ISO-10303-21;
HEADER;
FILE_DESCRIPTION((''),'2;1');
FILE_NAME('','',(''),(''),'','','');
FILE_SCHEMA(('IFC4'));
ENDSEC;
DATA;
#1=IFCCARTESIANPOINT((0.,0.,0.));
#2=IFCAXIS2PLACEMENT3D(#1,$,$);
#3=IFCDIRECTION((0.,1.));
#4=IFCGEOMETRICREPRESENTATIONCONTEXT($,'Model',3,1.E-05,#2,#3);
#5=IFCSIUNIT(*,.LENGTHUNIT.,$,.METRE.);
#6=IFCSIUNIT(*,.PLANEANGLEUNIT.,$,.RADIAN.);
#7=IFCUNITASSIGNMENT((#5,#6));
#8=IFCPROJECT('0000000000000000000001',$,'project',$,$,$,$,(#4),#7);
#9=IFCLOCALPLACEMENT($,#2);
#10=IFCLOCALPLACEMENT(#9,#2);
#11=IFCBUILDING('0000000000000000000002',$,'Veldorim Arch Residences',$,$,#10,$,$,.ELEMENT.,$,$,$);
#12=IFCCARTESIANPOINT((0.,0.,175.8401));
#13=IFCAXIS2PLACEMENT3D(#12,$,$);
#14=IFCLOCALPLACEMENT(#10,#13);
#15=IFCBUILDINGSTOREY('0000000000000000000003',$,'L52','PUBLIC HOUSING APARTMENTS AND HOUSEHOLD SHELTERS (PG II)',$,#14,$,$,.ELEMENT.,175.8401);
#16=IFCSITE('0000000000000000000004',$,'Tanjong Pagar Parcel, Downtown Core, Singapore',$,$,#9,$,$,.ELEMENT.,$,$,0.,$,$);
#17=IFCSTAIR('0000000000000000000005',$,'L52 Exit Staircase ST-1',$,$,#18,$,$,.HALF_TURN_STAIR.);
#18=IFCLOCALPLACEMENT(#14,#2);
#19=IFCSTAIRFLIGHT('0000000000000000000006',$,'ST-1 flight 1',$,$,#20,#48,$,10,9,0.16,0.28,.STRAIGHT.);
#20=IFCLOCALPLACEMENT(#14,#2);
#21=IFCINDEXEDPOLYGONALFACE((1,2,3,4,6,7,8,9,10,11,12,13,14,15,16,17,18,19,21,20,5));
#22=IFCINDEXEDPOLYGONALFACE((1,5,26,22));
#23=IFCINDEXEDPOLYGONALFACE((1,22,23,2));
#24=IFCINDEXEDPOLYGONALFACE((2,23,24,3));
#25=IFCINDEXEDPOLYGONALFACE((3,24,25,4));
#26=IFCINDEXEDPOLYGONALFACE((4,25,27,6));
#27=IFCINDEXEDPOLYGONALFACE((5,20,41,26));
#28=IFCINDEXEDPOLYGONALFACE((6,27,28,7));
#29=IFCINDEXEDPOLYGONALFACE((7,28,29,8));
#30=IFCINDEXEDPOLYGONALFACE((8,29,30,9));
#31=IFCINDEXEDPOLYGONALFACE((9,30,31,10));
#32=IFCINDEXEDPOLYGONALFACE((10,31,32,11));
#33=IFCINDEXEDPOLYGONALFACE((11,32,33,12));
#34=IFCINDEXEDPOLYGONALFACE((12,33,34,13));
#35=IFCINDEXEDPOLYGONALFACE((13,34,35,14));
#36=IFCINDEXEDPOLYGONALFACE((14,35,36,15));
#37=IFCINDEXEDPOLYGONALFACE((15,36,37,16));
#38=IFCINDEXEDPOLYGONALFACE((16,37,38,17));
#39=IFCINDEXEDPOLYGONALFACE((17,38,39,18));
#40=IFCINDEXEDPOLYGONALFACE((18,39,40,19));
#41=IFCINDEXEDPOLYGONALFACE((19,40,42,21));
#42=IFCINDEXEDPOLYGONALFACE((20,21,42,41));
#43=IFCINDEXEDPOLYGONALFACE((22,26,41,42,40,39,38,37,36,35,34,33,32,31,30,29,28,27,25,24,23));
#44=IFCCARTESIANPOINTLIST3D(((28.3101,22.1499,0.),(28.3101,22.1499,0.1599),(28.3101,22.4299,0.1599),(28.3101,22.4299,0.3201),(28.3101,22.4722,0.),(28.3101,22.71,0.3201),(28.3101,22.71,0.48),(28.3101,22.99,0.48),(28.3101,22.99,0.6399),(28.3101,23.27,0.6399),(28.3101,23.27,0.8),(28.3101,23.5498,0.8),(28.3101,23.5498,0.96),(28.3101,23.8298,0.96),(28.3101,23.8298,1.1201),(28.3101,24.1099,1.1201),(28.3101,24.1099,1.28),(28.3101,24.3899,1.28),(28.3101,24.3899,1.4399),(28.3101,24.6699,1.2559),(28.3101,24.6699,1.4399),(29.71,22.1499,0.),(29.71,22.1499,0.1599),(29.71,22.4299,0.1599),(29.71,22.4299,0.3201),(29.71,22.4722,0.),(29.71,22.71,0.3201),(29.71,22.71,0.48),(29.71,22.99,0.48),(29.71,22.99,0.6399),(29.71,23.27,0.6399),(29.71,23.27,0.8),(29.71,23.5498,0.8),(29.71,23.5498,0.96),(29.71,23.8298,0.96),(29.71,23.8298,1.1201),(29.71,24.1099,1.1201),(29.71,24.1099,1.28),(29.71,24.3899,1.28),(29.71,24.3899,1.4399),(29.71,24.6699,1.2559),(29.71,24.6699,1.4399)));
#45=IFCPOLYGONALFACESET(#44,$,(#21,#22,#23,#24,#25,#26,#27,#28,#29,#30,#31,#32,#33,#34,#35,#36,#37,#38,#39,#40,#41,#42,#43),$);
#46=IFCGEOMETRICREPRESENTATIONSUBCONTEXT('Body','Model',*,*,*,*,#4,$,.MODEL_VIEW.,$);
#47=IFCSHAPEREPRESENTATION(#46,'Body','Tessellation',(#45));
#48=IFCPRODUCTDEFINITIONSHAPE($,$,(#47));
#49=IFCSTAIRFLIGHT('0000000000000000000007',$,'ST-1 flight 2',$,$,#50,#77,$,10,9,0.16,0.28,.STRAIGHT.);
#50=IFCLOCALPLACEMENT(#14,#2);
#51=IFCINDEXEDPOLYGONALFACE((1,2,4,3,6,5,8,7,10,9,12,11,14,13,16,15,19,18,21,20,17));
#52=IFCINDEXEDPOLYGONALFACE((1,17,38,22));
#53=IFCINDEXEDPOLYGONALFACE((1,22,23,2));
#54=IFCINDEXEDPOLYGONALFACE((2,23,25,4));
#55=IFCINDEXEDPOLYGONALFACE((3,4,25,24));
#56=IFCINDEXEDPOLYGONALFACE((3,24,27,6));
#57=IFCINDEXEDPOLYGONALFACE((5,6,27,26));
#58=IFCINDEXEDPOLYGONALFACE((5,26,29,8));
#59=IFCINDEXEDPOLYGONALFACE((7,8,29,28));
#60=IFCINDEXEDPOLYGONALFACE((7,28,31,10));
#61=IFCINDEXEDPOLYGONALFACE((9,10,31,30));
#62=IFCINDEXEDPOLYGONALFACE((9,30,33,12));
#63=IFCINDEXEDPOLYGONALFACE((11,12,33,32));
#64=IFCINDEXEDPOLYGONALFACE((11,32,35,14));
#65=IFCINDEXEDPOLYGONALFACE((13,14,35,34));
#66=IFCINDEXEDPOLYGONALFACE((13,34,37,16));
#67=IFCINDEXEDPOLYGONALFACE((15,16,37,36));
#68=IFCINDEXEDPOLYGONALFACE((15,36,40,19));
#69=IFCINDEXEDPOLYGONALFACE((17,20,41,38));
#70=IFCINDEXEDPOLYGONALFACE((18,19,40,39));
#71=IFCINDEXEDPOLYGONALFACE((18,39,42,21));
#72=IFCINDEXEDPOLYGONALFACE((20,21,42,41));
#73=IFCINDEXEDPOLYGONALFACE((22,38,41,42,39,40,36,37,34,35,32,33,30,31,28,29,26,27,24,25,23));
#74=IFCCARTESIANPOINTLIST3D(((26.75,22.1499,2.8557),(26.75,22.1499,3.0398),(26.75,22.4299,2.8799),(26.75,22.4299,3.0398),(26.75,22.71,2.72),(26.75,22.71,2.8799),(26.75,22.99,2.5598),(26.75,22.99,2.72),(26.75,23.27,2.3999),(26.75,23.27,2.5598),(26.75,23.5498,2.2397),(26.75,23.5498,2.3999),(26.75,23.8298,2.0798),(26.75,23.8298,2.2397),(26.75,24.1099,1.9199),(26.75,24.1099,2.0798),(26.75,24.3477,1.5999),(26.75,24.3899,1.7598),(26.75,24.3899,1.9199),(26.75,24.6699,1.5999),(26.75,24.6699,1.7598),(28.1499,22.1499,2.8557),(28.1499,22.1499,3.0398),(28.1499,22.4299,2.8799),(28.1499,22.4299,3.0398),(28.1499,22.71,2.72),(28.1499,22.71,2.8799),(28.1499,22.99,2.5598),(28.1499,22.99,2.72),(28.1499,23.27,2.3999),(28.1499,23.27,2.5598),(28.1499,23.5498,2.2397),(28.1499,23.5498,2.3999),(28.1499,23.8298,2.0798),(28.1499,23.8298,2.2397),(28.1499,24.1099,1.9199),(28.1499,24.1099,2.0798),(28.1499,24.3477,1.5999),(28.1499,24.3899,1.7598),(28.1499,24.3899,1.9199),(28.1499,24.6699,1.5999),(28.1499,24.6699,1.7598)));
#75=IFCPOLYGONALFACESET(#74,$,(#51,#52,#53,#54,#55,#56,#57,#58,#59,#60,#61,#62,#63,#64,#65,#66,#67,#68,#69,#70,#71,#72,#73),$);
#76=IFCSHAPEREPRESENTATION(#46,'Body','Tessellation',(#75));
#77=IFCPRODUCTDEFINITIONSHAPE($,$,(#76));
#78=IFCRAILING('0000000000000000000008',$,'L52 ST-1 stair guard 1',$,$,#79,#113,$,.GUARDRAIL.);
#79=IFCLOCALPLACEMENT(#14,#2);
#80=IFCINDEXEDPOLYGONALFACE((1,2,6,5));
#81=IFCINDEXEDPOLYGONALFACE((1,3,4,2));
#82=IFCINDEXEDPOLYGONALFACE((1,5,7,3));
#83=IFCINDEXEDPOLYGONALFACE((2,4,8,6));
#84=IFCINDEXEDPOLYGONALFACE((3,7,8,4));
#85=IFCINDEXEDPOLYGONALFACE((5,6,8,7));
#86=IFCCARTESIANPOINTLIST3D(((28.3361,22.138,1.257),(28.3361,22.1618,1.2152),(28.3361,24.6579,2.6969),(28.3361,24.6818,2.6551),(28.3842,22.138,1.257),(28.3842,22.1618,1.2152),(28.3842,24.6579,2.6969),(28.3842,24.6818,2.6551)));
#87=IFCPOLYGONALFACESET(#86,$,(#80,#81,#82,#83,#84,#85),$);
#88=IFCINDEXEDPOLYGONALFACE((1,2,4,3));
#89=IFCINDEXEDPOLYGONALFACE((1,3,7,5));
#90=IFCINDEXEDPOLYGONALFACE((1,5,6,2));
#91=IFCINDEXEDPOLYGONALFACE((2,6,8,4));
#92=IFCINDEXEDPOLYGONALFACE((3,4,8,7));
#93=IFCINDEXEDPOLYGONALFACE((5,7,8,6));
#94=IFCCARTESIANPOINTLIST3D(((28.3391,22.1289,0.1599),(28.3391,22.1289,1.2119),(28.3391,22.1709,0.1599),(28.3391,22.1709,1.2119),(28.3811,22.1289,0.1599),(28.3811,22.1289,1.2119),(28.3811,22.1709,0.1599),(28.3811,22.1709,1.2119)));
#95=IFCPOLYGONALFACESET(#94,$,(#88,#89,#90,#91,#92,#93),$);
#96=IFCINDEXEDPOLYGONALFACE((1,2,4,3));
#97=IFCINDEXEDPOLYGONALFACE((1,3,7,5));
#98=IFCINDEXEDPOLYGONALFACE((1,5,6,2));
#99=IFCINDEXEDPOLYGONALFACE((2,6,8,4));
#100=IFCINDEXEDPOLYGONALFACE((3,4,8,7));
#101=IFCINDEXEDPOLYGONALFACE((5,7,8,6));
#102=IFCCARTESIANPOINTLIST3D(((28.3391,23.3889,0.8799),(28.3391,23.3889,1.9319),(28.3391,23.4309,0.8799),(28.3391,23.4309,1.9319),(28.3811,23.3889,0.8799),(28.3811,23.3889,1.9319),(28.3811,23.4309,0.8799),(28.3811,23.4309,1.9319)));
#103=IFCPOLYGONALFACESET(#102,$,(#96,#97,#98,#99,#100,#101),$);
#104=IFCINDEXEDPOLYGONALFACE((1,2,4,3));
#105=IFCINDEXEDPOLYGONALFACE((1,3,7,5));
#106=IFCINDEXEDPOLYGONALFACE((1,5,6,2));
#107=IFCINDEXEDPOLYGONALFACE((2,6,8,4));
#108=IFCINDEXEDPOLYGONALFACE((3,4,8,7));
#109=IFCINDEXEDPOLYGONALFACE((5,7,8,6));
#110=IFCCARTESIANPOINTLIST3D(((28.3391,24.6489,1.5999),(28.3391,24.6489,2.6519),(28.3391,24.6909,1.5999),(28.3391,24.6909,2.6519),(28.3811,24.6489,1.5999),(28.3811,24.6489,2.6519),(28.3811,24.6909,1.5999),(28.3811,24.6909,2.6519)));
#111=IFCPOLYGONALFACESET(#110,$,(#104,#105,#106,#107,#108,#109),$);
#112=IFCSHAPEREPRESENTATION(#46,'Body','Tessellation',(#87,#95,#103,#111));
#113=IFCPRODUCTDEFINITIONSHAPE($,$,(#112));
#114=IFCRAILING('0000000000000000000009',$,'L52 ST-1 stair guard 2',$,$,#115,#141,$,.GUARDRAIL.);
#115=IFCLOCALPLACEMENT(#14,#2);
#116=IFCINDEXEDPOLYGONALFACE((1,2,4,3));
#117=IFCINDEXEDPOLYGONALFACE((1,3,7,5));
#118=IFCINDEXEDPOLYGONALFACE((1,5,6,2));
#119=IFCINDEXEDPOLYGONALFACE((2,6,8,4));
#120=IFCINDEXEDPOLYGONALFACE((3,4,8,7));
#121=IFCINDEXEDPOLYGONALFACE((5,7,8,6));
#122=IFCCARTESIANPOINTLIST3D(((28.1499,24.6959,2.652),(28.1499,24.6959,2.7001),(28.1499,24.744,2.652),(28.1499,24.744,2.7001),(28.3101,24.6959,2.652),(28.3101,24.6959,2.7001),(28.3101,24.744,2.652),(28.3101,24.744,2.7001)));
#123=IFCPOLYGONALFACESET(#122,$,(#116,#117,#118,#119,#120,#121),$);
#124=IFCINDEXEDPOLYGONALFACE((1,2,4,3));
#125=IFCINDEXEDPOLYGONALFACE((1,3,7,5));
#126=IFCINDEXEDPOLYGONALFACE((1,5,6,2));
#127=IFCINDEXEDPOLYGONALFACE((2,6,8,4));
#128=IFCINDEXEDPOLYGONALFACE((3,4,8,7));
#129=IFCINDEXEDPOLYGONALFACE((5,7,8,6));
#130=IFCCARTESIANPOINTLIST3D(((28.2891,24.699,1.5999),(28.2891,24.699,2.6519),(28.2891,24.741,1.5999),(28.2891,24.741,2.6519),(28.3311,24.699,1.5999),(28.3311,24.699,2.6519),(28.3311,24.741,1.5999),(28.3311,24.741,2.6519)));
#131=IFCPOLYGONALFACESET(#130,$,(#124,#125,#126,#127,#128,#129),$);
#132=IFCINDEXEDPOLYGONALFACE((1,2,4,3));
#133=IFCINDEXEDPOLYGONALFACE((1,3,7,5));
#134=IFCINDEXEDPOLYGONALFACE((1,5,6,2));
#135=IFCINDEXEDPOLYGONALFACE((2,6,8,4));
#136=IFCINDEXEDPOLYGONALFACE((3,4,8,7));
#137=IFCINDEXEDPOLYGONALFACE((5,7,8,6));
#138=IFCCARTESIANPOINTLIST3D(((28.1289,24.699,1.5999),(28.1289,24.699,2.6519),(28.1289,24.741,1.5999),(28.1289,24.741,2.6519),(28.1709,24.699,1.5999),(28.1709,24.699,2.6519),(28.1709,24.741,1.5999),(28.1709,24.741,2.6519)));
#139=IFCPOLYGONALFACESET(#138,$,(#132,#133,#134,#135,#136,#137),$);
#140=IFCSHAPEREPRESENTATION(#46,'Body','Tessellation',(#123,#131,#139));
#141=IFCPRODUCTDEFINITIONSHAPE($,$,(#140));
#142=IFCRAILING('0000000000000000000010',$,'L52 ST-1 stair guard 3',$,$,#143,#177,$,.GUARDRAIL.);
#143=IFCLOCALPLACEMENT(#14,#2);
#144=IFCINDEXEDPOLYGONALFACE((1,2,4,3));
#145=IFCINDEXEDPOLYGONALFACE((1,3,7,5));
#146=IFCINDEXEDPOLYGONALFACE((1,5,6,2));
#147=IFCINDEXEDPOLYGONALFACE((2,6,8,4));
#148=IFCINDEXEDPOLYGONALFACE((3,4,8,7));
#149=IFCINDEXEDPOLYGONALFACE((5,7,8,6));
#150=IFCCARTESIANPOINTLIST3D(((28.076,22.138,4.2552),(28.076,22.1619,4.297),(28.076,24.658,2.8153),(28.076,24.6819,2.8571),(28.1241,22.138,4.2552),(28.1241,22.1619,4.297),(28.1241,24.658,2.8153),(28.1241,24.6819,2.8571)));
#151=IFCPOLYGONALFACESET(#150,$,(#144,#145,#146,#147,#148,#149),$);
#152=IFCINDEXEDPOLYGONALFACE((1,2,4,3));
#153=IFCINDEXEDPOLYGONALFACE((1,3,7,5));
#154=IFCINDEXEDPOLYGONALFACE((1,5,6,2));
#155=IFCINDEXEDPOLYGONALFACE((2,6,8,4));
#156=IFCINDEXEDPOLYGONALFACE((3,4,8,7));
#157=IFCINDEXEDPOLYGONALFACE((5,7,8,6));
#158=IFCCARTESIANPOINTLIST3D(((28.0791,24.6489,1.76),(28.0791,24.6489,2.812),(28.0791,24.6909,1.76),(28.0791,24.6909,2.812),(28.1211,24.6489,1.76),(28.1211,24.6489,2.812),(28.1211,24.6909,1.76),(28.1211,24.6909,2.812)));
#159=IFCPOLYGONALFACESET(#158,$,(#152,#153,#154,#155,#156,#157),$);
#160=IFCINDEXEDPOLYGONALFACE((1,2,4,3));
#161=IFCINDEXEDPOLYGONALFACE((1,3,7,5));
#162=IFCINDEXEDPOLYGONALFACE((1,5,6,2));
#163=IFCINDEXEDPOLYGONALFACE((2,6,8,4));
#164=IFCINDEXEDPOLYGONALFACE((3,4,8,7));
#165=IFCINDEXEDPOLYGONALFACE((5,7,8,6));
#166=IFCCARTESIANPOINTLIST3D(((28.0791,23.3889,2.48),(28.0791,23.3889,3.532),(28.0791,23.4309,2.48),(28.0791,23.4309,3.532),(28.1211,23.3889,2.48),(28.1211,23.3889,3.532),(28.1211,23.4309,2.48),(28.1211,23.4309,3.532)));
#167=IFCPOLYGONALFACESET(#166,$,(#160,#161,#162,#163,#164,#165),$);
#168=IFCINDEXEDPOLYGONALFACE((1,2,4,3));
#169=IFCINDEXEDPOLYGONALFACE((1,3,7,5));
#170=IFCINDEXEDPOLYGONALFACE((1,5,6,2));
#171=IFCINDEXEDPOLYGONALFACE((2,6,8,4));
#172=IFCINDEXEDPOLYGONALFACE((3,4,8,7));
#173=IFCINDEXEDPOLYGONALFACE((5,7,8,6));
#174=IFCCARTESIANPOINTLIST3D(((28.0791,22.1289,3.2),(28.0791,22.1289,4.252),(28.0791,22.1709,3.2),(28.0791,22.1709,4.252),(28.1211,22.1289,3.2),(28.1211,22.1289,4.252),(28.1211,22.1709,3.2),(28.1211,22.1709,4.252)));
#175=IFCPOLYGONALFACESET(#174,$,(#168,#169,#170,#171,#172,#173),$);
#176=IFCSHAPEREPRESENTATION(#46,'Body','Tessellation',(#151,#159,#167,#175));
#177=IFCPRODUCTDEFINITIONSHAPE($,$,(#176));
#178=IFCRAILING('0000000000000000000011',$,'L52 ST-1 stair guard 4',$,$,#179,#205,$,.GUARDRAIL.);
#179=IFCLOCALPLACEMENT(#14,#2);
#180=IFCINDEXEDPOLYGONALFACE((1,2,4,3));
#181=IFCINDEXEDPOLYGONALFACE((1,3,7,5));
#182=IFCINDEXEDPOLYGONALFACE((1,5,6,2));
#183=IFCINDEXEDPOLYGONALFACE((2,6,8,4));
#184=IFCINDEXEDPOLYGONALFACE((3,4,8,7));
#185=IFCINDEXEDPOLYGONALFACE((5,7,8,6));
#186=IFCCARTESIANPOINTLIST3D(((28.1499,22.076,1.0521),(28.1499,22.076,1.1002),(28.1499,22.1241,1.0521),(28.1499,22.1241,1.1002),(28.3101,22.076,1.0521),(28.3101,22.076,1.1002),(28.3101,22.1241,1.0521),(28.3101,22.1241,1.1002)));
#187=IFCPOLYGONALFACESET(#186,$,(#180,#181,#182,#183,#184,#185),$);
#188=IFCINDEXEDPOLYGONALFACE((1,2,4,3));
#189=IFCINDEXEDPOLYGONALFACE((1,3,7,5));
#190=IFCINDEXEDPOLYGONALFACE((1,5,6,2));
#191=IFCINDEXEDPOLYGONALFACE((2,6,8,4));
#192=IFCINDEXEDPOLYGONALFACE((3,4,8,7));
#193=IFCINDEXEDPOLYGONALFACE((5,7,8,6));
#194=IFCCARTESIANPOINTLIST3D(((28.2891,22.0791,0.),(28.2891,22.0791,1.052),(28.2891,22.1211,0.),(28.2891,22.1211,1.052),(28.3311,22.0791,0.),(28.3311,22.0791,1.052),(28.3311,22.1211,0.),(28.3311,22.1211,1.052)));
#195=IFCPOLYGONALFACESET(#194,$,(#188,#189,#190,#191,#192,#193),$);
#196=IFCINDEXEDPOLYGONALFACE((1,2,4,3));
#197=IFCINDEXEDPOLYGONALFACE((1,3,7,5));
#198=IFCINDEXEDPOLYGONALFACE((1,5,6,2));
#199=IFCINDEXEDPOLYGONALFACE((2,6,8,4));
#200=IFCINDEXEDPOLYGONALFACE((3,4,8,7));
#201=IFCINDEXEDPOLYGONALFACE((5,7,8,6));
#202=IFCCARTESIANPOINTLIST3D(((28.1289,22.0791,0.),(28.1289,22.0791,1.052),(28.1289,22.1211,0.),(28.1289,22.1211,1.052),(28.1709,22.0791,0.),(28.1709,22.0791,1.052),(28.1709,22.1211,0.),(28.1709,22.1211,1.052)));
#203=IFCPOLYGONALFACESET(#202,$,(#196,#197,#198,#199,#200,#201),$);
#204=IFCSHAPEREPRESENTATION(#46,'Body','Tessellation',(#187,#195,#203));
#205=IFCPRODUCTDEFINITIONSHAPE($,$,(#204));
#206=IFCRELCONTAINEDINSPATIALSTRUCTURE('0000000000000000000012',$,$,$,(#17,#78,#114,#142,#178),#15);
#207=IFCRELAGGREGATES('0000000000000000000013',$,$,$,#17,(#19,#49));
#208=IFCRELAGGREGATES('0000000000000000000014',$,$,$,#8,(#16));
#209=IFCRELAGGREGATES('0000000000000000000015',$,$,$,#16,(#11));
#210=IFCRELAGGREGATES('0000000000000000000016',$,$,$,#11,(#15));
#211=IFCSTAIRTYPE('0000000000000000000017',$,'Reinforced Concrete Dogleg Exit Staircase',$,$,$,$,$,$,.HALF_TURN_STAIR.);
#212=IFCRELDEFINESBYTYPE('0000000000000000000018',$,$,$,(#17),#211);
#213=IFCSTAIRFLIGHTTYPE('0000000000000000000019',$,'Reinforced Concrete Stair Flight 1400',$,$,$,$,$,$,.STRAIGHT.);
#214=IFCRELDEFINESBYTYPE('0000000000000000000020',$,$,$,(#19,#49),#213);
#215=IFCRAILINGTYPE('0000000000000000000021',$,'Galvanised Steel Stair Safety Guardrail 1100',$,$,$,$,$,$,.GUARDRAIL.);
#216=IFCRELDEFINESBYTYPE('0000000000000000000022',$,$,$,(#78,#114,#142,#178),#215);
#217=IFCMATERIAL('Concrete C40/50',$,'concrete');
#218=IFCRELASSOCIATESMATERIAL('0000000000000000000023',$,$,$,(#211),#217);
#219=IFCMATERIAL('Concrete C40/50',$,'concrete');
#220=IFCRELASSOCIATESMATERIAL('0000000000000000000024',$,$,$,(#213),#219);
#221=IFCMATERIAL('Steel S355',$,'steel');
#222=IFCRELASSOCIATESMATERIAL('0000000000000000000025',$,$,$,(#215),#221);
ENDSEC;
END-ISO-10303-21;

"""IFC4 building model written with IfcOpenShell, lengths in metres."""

from ifc_helpers import new_model, si_unit, direction, frame, origin, origin_2d, place, context, subcontext, project, spatial, polyline, rectangle, outline, extrude, material, type_object, element, aggregate, save


model = new_model("IFC4")

# Units and contexts
model_context = context("Model", 3, precision=1e-05, world=origin(), true_north=direction((0.0, 1.0)))
body_context = subcontext(model_context, "Body", "Model", "MODEL_VIEW")
ifc_project = project(units=[si_unit("LENGTHUNIT", "METRE"), si_unit("PLANEANGLEUNIT", "RADIAN")], contexts=[model_context])

# Site, building, storey
site_placement = place(None, origin())
site = spatial("IfcSite", under=ifc_project, at=site_placement, Name="Tanjong Pagar Parcel, Downtown Core, Singapore", CompositionType="ELEMENT", RefElevation=0.0)
building_placement = place(site_placement, origin())
building = spatial("IfcBuilding", under=site, at=building_placement, Name="Veldorim Arch Residences", CompositionType="ELEMENT")
storey_placement = place(building_placement, frame((0.0, 0.0, 175.8401)))
storey = spatial("IfcBuildingStorey", under=building, at=storey_placement, Name="L52", Description="PUBLIC HOUSING APARTMENTS AND HOUSEHOLD SHELTERS (PG II)", CompositionType="ELEMENT", Elevation=175.8401)

# Stair, stair flights
ifc_material_1 = material(Name="Concrete C40/50", Category="concrete")
stair_type = type_object("IfcStairType", Name="Reinforced Concrete Dogleg Exit Staircase", PredefinedType="HALF_TURN_STAIR", material=ifc_material_1)
stair_placement = place(storey_placement, origin())
stair = element("IfcStair", 1, at=stair_placement, inside=storey, type_object=stair_type, Name="L52 Exit Staircase ST-1", PredefinedType="HALF_TURN_STAIR")
ifc_material_2 = material(Name="Concrete C40/50", Category="concrete")
stair_flight_type = type_object("IfcStairFlightType", Name="Reinforced Concrete Stair Flight 1400", PredefinedType="STRAIGHT", material=ifc_material_2)
stair_flight_1_placement = place(storey_placement, frame((29.01, 22.1499, 0.0), z_axis=(0.0, 0.0, 1.0), x_axis=(0.0, 1.0, 0.0)))
stair_flight_1 = element("IfcStairFlight", 2, at=stair_flight_1_placement, type_object=stair_flight_type, Name="ST-1 flight 1", NumberOfRisers=10, NumberOfTreads=9, PredefinedType="STRAIGHT", RiserHeight=0.16, TreadLength=0.28, context=body_context, shape_type="SweptSolid", body=[
    extrude(outline(polyline([(0.0, 0.0), (0.0, 0.1599), (0.28, 0.1599), (0.28, 0.3201), (0.5601, 0.3201), (0.5601, 0.48), (0.8401, 0.48), (0.8401, 0.6399), (1.1201, 0.6399), (1.1201, 0.8), (1.3999, 0.8), (1.3999, 0.96), (1.6799, 0.96), (1.6799, 1.1201), (1.96, 1.1201), (1.96, 1.28), (2.24, 1.28), (2.24, 1.4399), (2.52, 1.4399), (2.52, 1.6001), (2.52, 1.2559), (0.3223, 0.0), (0.0, 0.0)])), frame((0.0, 0.7, 0.0), z_axis=(0.0, -1.0, 0.0), x_axis=(1.0, 0.0, 0.0)), (0.0, 0.0, 1.0), 1.3999),
])
stair_flight_2_placement = place(storey_placement, frame((27.45, 24.6699, 1.5999), z_axis=(0.0, 0.0, 1.0), x_axis=(0.0, -1.0, 0.0)))
stair_flight_2 = element("IfcStairFlight", 3, at=stair_flight_2_placement, type_object=stair_flight_type, Name="ST-1 flight 2", NumberOfRisers=10, NumberOfTreads=9, PredefinedType="STRAIGHT", RiserHeight=0.16, TreadLength=0.28, context=body_context, shape_type="SweptSolid", body=[
    extrude(outline(polyline([(0.0, 0.0), (0.0, 0.1599), (0.28, 0.1599), (0.28, 0.3201), (0.5601, 0.3201), (0.5601, 0.48), (0.8401, 0.48), (0.8401, 0.6399), (1.1201, 0.6399), (1.1201, 0.8), (1.3999, 0.8), (1.3999, 0.96), (1.6799, 0.96), (1.6799, 1.1201), (1.96, 1.1201), (1.96, 1.28), (2.24, 1.28), (2.24, 1.4399), (2.52, 1.4399), (2.52, 1.6001), (2.52, 1.2559), (0.3223, 0.0), (0.0, 0.0)])), frame((0.0, 0.7, 0.0), z_axis=(0.0, -1.0, 0.0), x_axis=(1.0, 0.0, 0.0)), (0.0, 0.0, 1.0), 1.3999),
])
aggregate(stair, [stair_flight_1, stair_flight_2])

# Railings
ifc_material_3 = material(Name="Steel S355", Category="steel")
railing_type_1 = type_object("IfcRailingType", Name="Galvanised Steel Stair Safety Guardrail 1100", PredefinedType="GUARDRAIL", material=ifc_material_3)
railing_1_placement = place(storey_placement, frame((28.3601, 22.1499, 0.1599)))
element("IfcRailing", 4, at=railing_1_placement, inside=storey, type_object=railing_type_1, Name="L52 ST-1 stair guard 1", PredefinedType="GUARDRAIL", context=body_context, shape_type="SweptSolid", body=[
    extrude(rectangle(XDim=0.0481, YDim=0.0481, at=origin_2d()), frame((0.0, 0.0, 1.0762), z_axis=(0.0, 0.868253, 0.496121), x_axis=(-1.0, 0.0, 0.0)), (0.0, 0.0, 1.0), 2.9023),
    extrude(rectangle(XDim=0.042, YDim=0.042, at=origin_2d()), origin(), (0.0, 0.0, 1.0), 1.052),
    extrude(rectangle(XDim=0.042, YDim=0.042, at=origin_2d()), frame((0.0, 1.26, 0.72)), (0.0, 0.0, 1.0), 1.052),
    extrude(rectangle(XDim=0.042, YDim=0.042, at=origin_2d()), frame((0.0, 2.52, 1.4399)), (0.0, 0.0, 1.0), 1.052),
])
railing_2_placement = place(storey_placement, frame((28.3101, 24.72, 1.5999)))
element("IfcRailing", 5, at=railing_2_placement, inside=storey, type_object=railing_type_1, Name="L52 ST-1 stair guard 2", PredefinedType="GUARDRAIL", context=body_context, shape_type="SweptSolid", body=[
    extrude(rectangle(XDim=0.0481, YDim=0.0481, at=origin_2d()), frame((0.0, 0.0, 1.0762), z_axis=(-1.0, 0.0, 0.0), x_axis=(0.0, -1.0, 0.0)), (0.0, 0.0, 1.0), 0.1602),
    extrude(rectangle(XDim=0.042, YDim=0.042, at=origin_2d()), origin(), (0.0, 0.0, 1.0), 1.052),
    extrude(rectangle(XDim=0.042, YDim=0.042, at=origin_2d()), frame((-0.1602, 0.0, 0.0)), (0.0, 0.0, 1.0), 1.052),
])
railing_3_placement = place(storey_placement, frame((28.1001, 24.6699, 1.76)))
element("IfcRailing", 6, at=railing_3_placement, inside=storey, type_object=railing_type_1, Name="L52 ST-1 stair guard 3", PredefinedType="GUARDRAIL", context=body_context, shape_type="SweptSolid", body=[
    extrude(rectangle(XDim=0.0481, YDim=0.0481, at=origin_2d()), frame((0.0, 0.0, 1.0762), z_axis=(0.0, -0.868253, 0.496121), x_axis=(1.0, 0.0, 0.0)), (0.0, 0.0, 1.0), 2.9023),
    extrude(rectangle(XDim=0.042, YDim=0.042, at=origin_2d()), origin(), (0.0, 0.0, 1.0), 1.052),
    extrude(rectangle(XDim=0.042, YDim=0.042, at=origin_2d()), frame((0.0, -1.26, 0.72)), (0.0, 0.0, 1.0), 1.052),
    extrude(rectangle(XDim=0.042, YDim=0.042, at=origin_2d()), frame((0.0, -2.52, 1.4399)), (0.0, 0.0, 1.0), 1.052),
])
railing_4_placement = place(storey_placement, frame((28.3101, 22.1001, 0.0)))
element("IfcRailing", 7, at=railing_4_placement, inside=storey, type_object=railing_type_1, Name="L52 ST-1 stair guard 4", PredefinedType="GUARDRAIL", context=body_context, shape_type="SweptSolid", body=[
    extrude(rectangle(XDim=0.0481, YDim=0.0481, at=origin_2d()), frame((0.0, 0.0, 1.0762), z_axis=(-1.0, 0.0, 0.0), x_axis=(0.0, -1.0, 0.0)), (0.0, 0.0, 1.0), 0.1602),
    extrude(rectangle(XDim=0.042, YDim=0.042, at=origin_2d()), origin(), (0.0, 0.0, 1.0), 1.052),
    extrude(rectangle(XDim=0.042, YDim=0.042, at=origin_2d()), frame((-0.1602, 0.0, 0.0)), (0.0, 0.0, 1.0), 1.052),
])

save(model, "model.ifc")
